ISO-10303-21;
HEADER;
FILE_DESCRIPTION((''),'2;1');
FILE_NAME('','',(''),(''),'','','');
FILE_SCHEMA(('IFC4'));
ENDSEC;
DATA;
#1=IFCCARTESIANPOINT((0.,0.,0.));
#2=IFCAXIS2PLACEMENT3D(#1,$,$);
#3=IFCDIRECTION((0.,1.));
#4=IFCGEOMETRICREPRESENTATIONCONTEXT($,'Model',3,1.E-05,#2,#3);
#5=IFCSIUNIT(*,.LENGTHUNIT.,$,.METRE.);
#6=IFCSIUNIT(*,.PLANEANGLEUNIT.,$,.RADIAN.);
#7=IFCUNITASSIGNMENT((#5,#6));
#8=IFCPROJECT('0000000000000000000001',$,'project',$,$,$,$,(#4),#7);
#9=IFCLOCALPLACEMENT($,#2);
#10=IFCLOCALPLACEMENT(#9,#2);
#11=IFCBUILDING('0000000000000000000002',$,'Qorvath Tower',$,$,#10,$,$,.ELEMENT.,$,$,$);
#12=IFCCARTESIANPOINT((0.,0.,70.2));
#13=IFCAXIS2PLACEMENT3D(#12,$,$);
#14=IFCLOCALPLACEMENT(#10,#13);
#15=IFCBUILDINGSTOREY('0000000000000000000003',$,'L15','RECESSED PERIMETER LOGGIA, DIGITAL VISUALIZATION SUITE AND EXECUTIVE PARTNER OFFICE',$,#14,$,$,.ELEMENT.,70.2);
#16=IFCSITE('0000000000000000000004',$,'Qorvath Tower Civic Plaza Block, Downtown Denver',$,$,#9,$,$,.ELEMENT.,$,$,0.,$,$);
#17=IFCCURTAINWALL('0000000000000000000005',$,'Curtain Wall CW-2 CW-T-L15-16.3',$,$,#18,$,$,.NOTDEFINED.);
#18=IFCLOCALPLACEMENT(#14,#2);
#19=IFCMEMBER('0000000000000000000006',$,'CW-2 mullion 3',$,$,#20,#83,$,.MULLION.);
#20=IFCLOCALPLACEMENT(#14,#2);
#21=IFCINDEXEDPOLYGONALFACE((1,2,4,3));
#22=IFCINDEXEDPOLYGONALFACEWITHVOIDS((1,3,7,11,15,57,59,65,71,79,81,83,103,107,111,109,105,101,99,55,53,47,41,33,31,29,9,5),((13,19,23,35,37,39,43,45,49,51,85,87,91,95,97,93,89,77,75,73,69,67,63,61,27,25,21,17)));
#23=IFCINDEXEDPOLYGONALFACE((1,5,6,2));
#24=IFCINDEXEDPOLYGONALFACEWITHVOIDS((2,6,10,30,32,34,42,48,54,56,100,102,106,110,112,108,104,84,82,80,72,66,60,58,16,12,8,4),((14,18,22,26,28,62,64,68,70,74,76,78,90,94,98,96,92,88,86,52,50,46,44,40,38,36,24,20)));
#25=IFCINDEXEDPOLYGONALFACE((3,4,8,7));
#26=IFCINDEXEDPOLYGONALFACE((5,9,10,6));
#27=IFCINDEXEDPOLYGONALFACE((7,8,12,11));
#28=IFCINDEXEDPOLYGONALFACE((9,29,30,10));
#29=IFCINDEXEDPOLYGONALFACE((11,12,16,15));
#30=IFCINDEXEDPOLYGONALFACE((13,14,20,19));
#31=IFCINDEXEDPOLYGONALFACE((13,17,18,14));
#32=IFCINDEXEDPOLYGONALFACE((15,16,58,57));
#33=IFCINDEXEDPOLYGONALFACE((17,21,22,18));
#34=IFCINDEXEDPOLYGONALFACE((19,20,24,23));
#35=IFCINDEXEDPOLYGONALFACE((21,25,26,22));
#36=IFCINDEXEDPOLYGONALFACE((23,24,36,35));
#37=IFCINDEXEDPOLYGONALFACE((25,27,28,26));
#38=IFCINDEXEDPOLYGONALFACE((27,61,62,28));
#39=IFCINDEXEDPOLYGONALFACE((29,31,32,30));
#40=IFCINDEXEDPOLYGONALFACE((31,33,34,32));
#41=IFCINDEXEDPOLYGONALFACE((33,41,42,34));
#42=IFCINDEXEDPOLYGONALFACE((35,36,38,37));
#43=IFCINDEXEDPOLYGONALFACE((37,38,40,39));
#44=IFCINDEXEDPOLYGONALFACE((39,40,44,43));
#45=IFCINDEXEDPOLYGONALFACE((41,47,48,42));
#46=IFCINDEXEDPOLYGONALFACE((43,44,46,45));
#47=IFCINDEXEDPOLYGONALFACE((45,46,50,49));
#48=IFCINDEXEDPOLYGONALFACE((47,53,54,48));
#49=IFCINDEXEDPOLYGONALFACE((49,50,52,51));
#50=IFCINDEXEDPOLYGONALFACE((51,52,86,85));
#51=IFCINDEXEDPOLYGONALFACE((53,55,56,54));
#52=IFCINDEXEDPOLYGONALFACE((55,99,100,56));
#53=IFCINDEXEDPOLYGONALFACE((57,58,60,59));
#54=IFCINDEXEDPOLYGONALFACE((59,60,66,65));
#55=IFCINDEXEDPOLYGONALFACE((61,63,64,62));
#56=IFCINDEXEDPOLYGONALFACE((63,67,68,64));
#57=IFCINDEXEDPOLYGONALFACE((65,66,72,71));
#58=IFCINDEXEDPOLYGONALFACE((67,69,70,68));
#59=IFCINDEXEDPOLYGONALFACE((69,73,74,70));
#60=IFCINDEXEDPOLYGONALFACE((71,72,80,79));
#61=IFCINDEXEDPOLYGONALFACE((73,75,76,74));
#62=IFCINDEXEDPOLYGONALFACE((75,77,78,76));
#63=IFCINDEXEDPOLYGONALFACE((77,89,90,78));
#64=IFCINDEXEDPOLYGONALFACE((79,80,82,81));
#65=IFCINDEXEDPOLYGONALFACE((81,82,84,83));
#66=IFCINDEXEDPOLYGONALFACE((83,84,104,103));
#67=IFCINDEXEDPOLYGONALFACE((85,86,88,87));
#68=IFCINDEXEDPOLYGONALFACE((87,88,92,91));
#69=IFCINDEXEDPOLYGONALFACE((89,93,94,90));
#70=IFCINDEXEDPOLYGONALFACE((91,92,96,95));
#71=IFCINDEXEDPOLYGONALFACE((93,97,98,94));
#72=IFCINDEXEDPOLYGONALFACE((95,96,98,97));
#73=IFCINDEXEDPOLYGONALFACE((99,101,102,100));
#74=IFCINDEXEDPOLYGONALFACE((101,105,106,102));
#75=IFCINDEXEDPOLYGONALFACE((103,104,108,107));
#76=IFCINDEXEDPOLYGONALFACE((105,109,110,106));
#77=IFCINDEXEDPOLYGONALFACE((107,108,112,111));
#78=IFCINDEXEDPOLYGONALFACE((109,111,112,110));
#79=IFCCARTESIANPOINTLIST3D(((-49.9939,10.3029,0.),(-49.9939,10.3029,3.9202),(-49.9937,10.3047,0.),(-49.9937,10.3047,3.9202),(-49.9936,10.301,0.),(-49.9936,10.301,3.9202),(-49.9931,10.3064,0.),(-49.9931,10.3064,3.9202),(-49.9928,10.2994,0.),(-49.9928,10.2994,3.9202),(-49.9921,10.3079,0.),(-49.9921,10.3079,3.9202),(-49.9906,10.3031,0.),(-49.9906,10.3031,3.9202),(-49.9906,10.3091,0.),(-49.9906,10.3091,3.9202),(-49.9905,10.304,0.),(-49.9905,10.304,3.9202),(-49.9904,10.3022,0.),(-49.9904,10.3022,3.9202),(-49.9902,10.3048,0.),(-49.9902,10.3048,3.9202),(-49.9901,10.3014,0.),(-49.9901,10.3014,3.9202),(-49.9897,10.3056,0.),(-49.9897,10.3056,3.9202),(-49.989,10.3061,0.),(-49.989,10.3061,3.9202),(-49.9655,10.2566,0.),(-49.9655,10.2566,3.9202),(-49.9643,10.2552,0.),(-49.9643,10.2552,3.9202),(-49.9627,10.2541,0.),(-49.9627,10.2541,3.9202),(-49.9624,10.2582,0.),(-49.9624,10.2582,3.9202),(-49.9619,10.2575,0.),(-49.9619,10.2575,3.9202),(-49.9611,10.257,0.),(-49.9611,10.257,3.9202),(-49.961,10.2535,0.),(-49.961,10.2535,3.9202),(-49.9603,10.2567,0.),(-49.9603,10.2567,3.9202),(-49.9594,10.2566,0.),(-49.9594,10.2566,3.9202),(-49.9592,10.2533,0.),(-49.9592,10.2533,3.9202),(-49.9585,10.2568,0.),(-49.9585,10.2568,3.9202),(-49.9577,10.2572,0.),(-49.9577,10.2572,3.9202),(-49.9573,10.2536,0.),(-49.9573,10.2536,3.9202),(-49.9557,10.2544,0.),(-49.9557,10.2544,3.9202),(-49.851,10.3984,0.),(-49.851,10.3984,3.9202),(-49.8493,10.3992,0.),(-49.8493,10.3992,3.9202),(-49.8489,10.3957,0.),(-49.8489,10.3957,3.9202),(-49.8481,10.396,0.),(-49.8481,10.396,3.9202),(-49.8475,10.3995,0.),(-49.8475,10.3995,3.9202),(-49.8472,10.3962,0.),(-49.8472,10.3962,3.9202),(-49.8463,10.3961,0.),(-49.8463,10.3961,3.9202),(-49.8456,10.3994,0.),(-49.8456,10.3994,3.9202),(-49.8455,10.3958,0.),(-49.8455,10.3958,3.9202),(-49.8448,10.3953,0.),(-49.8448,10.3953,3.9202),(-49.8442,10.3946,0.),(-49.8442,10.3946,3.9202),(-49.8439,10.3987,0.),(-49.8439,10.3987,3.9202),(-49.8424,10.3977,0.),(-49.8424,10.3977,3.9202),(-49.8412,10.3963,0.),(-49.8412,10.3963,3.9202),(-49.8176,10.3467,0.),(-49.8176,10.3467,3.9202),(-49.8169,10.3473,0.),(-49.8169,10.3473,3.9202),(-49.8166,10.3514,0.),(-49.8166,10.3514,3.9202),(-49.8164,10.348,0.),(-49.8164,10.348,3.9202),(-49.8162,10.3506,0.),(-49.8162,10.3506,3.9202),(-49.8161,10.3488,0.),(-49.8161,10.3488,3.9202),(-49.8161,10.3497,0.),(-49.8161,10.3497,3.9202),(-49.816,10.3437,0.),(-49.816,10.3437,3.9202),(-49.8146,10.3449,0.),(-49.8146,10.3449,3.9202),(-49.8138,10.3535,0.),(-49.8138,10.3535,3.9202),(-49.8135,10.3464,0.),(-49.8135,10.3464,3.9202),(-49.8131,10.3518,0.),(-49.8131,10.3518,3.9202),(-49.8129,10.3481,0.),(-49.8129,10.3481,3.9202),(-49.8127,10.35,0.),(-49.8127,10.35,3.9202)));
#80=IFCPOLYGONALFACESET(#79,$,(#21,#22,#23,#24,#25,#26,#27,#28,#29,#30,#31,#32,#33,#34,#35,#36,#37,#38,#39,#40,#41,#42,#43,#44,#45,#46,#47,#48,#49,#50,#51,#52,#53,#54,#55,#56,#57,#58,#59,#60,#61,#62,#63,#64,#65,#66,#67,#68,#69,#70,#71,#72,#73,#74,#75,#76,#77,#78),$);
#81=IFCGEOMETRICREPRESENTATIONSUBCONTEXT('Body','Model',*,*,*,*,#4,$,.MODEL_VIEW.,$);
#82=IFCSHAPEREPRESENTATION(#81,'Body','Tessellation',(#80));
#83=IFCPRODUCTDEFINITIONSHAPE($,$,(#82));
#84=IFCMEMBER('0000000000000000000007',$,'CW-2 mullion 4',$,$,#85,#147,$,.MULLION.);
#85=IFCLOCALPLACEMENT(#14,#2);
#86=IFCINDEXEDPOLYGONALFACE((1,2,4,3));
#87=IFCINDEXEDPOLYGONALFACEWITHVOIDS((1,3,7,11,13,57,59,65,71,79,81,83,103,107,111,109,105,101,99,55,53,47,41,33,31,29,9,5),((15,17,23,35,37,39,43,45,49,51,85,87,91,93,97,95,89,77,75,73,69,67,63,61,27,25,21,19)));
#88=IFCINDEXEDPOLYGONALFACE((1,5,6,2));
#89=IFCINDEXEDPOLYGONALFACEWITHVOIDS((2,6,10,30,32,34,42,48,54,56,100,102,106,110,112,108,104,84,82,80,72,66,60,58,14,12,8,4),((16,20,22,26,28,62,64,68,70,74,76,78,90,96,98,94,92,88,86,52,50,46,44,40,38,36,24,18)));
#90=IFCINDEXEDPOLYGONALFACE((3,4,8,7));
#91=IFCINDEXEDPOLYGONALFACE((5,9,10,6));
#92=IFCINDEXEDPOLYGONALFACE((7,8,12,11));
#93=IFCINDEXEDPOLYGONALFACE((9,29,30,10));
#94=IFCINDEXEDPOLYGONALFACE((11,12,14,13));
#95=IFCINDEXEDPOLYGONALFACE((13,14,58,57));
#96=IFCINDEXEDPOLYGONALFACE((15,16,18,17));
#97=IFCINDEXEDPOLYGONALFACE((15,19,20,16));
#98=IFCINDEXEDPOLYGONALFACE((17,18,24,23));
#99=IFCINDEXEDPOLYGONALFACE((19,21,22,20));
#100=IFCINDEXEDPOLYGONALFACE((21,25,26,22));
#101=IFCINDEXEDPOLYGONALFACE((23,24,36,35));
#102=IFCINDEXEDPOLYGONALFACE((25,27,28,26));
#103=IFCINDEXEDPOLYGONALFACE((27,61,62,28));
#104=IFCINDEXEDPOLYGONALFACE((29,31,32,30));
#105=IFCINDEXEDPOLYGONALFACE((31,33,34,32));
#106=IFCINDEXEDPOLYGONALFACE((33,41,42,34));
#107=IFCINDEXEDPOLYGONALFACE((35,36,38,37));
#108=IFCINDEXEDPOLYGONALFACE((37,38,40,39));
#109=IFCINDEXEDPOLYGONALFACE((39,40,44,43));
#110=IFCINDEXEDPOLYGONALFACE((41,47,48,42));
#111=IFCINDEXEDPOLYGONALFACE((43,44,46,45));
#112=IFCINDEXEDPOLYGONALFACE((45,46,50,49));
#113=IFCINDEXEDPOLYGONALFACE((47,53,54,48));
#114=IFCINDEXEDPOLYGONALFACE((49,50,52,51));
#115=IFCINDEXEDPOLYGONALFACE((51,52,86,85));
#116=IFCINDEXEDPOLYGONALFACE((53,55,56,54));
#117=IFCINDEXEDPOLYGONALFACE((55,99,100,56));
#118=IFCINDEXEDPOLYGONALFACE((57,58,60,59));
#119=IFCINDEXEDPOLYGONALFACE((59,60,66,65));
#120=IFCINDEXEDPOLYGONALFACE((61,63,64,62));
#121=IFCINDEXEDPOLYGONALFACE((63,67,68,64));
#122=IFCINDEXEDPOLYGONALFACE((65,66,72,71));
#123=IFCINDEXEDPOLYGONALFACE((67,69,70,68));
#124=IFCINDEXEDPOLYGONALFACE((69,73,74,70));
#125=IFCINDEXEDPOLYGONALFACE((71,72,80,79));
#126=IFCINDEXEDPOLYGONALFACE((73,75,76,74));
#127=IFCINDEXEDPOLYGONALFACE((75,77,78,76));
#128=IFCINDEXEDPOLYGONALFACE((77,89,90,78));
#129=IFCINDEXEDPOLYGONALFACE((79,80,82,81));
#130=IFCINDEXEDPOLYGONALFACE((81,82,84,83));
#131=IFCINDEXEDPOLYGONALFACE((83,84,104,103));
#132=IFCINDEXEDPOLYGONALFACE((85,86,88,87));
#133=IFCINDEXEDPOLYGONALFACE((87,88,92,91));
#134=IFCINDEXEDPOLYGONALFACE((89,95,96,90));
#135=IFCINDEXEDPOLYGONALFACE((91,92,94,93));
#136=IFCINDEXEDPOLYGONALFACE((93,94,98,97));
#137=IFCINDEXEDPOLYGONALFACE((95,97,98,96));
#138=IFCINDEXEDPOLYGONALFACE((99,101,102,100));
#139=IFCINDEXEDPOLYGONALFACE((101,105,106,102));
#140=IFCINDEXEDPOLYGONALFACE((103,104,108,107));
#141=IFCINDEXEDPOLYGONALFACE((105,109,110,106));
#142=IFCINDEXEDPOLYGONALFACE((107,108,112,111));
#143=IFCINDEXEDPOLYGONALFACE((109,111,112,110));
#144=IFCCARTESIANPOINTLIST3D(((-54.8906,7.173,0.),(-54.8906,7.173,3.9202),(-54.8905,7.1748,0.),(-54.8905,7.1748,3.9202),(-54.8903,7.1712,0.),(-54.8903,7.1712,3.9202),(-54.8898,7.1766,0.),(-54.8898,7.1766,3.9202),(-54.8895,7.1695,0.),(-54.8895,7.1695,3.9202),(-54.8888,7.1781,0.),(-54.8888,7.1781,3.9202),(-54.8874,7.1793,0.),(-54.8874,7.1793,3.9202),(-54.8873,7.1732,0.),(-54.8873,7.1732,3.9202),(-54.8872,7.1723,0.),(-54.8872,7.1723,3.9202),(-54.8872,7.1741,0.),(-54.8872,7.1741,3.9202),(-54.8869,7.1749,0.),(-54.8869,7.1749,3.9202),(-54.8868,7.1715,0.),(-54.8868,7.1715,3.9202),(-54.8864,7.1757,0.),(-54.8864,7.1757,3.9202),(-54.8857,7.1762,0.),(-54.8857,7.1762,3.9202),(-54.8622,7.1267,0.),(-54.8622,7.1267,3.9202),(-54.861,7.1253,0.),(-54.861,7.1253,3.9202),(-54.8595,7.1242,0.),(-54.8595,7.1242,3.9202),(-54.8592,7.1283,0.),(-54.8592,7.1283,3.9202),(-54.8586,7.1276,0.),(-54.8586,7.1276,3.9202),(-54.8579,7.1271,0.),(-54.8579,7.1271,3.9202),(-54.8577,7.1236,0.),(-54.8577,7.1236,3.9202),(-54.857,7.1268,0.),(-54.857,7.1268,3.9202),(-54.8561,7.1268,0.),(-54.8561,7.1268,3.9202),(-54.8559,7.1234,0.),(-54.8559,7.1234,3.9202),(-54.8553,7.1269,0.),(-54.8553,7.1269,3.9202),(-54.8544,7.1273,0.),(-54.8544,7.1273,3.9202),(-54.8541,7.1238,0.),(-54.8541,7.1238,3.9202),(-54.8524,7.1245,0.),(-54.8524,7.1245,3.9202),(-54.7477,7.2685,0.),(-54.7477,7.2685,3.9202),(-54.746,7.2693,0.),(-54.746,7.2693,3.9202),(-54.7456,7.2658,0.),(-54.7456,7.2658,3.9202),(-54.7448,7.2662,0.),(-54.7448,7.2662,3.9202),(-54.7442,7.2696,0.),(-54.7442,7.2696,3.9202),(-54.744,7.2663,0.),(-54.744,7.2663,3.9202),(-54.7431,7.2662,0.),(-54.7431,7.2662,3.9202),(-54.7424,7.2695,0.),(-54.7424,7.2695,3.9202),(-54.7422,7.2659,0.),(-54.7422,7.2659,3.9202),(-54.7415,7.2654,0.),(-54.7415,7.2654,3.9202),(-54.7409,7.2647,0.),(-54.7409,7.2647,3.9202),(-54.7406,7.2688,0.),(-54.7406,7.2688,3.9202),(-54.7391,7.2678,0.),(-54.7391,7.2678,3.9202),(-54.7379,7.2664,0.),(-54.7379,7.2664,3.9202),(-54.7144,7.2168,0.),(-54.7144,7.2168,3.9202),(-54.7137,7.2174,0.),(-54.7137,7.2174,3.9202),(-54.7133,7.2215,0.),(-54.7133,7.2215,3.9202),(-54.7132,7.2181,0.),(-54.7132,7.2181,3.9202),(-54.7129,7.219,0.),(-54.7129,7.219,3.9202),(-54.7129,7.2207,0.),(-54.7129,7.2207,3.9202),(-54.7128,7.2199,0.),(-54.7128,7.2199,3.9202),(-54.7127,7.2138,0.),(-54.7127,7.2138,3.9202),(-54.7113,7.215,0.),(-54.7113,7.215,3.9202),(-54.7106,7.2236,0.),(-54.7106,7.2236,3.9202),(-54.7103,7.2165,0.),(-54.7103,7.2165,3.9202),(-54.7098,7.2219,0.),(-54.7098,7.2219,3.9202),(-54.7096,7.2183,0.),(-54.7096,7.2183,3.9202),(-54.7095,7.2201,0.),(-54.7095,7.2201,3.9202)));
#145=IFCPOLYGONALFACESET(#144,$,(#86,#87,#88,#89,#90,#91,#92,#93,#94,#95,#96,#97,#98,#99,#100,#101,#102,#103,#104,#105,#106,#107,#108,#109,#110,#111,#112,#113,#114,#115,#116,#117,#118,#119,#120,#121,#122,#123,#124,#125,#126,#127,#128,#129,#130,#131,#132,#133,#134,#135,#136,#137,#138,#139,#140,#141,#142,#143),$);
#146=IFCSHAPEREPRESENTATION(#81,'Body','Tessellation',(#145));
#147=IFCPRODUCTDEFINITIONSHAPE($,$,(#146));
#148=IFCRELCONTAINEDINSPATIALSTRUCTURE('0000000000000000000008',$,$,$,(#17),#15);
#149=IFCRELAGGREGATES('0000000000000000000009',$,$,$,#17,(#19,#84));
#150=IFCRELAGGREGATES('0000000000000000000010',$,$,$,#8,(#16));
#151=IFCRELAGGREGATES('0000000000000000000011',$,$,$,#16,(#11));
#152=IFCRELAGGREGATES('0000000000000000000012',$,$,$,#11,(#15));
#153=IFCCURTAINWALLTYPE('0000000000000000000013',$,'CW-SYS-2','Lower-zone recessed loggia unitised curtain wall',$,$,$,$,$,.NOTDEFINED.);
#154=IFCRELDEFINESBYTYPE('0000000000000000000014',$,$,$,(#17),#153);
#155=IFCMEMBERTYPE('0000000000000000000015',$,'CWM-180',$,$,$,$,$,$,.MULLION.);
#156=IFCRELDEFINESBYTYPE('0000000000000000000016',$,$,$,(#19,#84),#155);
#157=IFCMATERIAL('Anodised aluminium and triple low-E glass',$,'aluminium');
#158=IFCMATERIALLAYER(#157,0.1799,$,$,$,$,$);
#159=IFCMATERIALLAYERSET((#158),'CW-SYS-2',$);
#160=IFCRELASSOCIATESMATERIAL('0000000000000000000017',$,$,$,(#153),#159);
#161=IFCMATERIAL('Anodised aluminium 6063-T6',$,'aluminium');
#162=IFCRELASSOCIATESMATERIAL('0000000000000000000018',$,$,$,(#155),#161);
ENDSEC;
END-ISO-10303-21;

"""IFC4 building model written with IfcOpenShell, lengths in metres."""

from ifc_helpers import new_model, si_unit, direction, frame, origin, origin_2d, place, context, subcontext, project, spatial, hollow_rectangle, extrude, material, layer, layer_set, material_profile, profile_set, type_object, element, aggregate, save


model = new_model("IFC4")

# Units and contexts
model_context = context("Model", 3, precision=1e-05, world=origin(), true_north=direction((0.0, 1.0)))
body_context = subcontext(model_context, "Body", "Model", "MODEL_VIEW")
ifc_project = project(units=[si_unit("LENGTHUNIT", "METRE"), si_unit("PLANEANGLEUNIT", "RADIAN")], contexts=[model_context])

# Site, building, storey
site_placement = place(None, origin())
site = spatial("IfcSite", under=ifc_project, at=site_placement, Name="Qorvath Tower Civic Plaza Block, Downtown Denver", CompositionType="ELEMENT", RefElevation=0.0)
building_placement = place(site_placement, origin())
building = spatial("IfcBuilding", under=site, at=building_placement, Name="Qorvath Tower", CompositionType="ELEMENT")
storey_placement = place(building_placement, frame((0.0, 0.0, 70.2)))
storey = spatial("IfcBuildingStorey", under=building, at=storey_placement, Name="L15", Description="RECESSED PERIMETER LOGGIA, DIGITAL VISUALIZATION SUITE AND EXECUTIVE PARTNER OFFICE", CompositionType="ELEMENT", Elevation=70.2)

# Shared definitions
ifc_material_1 = material(Name="Anodised aluminium and triple low-E glass", Category="aluminium")
ifc_layer_1 = layer(ifc_material_1, 0.1799)
ifc_layer_set_1 = layer_set([ifc_layer_1], Name="CW-SYS-2")
curtain_wall_type = type_object("IfcCurtainWallType", Name="CW-SYS-2", Description="Lower-zone recessed loggia unitised curtain wall", PredefinedType="NOTDEFINED", material=ifc_layer_set_1)
ifc_material_2 = material(Name="Anodised aluminium 6063-T6", Category="aluminium")
ifc_material_profile_1 = material_profile(ifc_material_2, hollow_rectangle(XDim=0.0649, YDim=0.1799, WallThickness=0.0034, InnerFilletRadius=0.0034, OuterFilletRadius=0.0071, at=origin_2d()), Name="CWM 180x65")
ifc_profile_set_1 = profile_set([ifc_material_profile_1], Name="Anodised aluminium 6063-T6")
member_type_1 = type_object("IfcMemberType", Name="CWM-180", PredefinedType="MULLION", material=ifc_profile_set_1)

# Curtain wall, members
curtain_wall_1_placement = place(storey_placement, origin())
curtain_wall_1 = element("IfcCurtainWall", 1, at=curtain_wall_1_placement, inside=storey, type_object=curtain_wall_type, Name="Curtain Wall CW-2 CW-T-L15-16.3", PredefinedType="NOTDEFINED")
member_1_placement = place(storey_placement, frame((-49.9033, 10.3264, 0.0), z_axis=(0.0, 0.0, 1.0), x_axis=(0.538531, -0.842606, 0.0)))
member_1 = element("IfcMember", 2, at=member_1_placement, type_object=member_type_1, Name="CW-2 mullion 3", PredefinedType="MULLION", context=body_context, shape_type="SweptSolid", body=[
    extrude(hollow_rectangle(XDim=0.0649, YDim=0.1799, WallThickness=0.0034, InnerFilletRadius=0.0034, OuterFilletRadius=0.0071, at=origin_2d()), origin(), (0.0, 0.0, 1.0), 3.9202),
])
member_2_placement = place(storey_placement, frame((-54.8, 7.1965, 0.0), z_axis=(0.0, 0.0, 1.0), x_axis=(0.538531, -0.842606, 0.0)))
member_2 = element("IfcMember", 3, at=member_2_placement, type_object=member_type_1, Name="CW-2 mullion 4", PredefinedType="MULLION", context=body_context, shape_type="SweptSolid", body=[
    extrude(hollow_rectangle(XDim=0.0649, YDim=0.1799, WallThickness=0.0034, InnerFilletRadius=0.0034, OuterFilletRadius=0.0071, at=origin_2d()), origin(), (0.0, 0.0, 1.0), 3.9202),
])
aggregate(curtain_wall_1, [member_1, member_2])

save(model, "model.ifc")
